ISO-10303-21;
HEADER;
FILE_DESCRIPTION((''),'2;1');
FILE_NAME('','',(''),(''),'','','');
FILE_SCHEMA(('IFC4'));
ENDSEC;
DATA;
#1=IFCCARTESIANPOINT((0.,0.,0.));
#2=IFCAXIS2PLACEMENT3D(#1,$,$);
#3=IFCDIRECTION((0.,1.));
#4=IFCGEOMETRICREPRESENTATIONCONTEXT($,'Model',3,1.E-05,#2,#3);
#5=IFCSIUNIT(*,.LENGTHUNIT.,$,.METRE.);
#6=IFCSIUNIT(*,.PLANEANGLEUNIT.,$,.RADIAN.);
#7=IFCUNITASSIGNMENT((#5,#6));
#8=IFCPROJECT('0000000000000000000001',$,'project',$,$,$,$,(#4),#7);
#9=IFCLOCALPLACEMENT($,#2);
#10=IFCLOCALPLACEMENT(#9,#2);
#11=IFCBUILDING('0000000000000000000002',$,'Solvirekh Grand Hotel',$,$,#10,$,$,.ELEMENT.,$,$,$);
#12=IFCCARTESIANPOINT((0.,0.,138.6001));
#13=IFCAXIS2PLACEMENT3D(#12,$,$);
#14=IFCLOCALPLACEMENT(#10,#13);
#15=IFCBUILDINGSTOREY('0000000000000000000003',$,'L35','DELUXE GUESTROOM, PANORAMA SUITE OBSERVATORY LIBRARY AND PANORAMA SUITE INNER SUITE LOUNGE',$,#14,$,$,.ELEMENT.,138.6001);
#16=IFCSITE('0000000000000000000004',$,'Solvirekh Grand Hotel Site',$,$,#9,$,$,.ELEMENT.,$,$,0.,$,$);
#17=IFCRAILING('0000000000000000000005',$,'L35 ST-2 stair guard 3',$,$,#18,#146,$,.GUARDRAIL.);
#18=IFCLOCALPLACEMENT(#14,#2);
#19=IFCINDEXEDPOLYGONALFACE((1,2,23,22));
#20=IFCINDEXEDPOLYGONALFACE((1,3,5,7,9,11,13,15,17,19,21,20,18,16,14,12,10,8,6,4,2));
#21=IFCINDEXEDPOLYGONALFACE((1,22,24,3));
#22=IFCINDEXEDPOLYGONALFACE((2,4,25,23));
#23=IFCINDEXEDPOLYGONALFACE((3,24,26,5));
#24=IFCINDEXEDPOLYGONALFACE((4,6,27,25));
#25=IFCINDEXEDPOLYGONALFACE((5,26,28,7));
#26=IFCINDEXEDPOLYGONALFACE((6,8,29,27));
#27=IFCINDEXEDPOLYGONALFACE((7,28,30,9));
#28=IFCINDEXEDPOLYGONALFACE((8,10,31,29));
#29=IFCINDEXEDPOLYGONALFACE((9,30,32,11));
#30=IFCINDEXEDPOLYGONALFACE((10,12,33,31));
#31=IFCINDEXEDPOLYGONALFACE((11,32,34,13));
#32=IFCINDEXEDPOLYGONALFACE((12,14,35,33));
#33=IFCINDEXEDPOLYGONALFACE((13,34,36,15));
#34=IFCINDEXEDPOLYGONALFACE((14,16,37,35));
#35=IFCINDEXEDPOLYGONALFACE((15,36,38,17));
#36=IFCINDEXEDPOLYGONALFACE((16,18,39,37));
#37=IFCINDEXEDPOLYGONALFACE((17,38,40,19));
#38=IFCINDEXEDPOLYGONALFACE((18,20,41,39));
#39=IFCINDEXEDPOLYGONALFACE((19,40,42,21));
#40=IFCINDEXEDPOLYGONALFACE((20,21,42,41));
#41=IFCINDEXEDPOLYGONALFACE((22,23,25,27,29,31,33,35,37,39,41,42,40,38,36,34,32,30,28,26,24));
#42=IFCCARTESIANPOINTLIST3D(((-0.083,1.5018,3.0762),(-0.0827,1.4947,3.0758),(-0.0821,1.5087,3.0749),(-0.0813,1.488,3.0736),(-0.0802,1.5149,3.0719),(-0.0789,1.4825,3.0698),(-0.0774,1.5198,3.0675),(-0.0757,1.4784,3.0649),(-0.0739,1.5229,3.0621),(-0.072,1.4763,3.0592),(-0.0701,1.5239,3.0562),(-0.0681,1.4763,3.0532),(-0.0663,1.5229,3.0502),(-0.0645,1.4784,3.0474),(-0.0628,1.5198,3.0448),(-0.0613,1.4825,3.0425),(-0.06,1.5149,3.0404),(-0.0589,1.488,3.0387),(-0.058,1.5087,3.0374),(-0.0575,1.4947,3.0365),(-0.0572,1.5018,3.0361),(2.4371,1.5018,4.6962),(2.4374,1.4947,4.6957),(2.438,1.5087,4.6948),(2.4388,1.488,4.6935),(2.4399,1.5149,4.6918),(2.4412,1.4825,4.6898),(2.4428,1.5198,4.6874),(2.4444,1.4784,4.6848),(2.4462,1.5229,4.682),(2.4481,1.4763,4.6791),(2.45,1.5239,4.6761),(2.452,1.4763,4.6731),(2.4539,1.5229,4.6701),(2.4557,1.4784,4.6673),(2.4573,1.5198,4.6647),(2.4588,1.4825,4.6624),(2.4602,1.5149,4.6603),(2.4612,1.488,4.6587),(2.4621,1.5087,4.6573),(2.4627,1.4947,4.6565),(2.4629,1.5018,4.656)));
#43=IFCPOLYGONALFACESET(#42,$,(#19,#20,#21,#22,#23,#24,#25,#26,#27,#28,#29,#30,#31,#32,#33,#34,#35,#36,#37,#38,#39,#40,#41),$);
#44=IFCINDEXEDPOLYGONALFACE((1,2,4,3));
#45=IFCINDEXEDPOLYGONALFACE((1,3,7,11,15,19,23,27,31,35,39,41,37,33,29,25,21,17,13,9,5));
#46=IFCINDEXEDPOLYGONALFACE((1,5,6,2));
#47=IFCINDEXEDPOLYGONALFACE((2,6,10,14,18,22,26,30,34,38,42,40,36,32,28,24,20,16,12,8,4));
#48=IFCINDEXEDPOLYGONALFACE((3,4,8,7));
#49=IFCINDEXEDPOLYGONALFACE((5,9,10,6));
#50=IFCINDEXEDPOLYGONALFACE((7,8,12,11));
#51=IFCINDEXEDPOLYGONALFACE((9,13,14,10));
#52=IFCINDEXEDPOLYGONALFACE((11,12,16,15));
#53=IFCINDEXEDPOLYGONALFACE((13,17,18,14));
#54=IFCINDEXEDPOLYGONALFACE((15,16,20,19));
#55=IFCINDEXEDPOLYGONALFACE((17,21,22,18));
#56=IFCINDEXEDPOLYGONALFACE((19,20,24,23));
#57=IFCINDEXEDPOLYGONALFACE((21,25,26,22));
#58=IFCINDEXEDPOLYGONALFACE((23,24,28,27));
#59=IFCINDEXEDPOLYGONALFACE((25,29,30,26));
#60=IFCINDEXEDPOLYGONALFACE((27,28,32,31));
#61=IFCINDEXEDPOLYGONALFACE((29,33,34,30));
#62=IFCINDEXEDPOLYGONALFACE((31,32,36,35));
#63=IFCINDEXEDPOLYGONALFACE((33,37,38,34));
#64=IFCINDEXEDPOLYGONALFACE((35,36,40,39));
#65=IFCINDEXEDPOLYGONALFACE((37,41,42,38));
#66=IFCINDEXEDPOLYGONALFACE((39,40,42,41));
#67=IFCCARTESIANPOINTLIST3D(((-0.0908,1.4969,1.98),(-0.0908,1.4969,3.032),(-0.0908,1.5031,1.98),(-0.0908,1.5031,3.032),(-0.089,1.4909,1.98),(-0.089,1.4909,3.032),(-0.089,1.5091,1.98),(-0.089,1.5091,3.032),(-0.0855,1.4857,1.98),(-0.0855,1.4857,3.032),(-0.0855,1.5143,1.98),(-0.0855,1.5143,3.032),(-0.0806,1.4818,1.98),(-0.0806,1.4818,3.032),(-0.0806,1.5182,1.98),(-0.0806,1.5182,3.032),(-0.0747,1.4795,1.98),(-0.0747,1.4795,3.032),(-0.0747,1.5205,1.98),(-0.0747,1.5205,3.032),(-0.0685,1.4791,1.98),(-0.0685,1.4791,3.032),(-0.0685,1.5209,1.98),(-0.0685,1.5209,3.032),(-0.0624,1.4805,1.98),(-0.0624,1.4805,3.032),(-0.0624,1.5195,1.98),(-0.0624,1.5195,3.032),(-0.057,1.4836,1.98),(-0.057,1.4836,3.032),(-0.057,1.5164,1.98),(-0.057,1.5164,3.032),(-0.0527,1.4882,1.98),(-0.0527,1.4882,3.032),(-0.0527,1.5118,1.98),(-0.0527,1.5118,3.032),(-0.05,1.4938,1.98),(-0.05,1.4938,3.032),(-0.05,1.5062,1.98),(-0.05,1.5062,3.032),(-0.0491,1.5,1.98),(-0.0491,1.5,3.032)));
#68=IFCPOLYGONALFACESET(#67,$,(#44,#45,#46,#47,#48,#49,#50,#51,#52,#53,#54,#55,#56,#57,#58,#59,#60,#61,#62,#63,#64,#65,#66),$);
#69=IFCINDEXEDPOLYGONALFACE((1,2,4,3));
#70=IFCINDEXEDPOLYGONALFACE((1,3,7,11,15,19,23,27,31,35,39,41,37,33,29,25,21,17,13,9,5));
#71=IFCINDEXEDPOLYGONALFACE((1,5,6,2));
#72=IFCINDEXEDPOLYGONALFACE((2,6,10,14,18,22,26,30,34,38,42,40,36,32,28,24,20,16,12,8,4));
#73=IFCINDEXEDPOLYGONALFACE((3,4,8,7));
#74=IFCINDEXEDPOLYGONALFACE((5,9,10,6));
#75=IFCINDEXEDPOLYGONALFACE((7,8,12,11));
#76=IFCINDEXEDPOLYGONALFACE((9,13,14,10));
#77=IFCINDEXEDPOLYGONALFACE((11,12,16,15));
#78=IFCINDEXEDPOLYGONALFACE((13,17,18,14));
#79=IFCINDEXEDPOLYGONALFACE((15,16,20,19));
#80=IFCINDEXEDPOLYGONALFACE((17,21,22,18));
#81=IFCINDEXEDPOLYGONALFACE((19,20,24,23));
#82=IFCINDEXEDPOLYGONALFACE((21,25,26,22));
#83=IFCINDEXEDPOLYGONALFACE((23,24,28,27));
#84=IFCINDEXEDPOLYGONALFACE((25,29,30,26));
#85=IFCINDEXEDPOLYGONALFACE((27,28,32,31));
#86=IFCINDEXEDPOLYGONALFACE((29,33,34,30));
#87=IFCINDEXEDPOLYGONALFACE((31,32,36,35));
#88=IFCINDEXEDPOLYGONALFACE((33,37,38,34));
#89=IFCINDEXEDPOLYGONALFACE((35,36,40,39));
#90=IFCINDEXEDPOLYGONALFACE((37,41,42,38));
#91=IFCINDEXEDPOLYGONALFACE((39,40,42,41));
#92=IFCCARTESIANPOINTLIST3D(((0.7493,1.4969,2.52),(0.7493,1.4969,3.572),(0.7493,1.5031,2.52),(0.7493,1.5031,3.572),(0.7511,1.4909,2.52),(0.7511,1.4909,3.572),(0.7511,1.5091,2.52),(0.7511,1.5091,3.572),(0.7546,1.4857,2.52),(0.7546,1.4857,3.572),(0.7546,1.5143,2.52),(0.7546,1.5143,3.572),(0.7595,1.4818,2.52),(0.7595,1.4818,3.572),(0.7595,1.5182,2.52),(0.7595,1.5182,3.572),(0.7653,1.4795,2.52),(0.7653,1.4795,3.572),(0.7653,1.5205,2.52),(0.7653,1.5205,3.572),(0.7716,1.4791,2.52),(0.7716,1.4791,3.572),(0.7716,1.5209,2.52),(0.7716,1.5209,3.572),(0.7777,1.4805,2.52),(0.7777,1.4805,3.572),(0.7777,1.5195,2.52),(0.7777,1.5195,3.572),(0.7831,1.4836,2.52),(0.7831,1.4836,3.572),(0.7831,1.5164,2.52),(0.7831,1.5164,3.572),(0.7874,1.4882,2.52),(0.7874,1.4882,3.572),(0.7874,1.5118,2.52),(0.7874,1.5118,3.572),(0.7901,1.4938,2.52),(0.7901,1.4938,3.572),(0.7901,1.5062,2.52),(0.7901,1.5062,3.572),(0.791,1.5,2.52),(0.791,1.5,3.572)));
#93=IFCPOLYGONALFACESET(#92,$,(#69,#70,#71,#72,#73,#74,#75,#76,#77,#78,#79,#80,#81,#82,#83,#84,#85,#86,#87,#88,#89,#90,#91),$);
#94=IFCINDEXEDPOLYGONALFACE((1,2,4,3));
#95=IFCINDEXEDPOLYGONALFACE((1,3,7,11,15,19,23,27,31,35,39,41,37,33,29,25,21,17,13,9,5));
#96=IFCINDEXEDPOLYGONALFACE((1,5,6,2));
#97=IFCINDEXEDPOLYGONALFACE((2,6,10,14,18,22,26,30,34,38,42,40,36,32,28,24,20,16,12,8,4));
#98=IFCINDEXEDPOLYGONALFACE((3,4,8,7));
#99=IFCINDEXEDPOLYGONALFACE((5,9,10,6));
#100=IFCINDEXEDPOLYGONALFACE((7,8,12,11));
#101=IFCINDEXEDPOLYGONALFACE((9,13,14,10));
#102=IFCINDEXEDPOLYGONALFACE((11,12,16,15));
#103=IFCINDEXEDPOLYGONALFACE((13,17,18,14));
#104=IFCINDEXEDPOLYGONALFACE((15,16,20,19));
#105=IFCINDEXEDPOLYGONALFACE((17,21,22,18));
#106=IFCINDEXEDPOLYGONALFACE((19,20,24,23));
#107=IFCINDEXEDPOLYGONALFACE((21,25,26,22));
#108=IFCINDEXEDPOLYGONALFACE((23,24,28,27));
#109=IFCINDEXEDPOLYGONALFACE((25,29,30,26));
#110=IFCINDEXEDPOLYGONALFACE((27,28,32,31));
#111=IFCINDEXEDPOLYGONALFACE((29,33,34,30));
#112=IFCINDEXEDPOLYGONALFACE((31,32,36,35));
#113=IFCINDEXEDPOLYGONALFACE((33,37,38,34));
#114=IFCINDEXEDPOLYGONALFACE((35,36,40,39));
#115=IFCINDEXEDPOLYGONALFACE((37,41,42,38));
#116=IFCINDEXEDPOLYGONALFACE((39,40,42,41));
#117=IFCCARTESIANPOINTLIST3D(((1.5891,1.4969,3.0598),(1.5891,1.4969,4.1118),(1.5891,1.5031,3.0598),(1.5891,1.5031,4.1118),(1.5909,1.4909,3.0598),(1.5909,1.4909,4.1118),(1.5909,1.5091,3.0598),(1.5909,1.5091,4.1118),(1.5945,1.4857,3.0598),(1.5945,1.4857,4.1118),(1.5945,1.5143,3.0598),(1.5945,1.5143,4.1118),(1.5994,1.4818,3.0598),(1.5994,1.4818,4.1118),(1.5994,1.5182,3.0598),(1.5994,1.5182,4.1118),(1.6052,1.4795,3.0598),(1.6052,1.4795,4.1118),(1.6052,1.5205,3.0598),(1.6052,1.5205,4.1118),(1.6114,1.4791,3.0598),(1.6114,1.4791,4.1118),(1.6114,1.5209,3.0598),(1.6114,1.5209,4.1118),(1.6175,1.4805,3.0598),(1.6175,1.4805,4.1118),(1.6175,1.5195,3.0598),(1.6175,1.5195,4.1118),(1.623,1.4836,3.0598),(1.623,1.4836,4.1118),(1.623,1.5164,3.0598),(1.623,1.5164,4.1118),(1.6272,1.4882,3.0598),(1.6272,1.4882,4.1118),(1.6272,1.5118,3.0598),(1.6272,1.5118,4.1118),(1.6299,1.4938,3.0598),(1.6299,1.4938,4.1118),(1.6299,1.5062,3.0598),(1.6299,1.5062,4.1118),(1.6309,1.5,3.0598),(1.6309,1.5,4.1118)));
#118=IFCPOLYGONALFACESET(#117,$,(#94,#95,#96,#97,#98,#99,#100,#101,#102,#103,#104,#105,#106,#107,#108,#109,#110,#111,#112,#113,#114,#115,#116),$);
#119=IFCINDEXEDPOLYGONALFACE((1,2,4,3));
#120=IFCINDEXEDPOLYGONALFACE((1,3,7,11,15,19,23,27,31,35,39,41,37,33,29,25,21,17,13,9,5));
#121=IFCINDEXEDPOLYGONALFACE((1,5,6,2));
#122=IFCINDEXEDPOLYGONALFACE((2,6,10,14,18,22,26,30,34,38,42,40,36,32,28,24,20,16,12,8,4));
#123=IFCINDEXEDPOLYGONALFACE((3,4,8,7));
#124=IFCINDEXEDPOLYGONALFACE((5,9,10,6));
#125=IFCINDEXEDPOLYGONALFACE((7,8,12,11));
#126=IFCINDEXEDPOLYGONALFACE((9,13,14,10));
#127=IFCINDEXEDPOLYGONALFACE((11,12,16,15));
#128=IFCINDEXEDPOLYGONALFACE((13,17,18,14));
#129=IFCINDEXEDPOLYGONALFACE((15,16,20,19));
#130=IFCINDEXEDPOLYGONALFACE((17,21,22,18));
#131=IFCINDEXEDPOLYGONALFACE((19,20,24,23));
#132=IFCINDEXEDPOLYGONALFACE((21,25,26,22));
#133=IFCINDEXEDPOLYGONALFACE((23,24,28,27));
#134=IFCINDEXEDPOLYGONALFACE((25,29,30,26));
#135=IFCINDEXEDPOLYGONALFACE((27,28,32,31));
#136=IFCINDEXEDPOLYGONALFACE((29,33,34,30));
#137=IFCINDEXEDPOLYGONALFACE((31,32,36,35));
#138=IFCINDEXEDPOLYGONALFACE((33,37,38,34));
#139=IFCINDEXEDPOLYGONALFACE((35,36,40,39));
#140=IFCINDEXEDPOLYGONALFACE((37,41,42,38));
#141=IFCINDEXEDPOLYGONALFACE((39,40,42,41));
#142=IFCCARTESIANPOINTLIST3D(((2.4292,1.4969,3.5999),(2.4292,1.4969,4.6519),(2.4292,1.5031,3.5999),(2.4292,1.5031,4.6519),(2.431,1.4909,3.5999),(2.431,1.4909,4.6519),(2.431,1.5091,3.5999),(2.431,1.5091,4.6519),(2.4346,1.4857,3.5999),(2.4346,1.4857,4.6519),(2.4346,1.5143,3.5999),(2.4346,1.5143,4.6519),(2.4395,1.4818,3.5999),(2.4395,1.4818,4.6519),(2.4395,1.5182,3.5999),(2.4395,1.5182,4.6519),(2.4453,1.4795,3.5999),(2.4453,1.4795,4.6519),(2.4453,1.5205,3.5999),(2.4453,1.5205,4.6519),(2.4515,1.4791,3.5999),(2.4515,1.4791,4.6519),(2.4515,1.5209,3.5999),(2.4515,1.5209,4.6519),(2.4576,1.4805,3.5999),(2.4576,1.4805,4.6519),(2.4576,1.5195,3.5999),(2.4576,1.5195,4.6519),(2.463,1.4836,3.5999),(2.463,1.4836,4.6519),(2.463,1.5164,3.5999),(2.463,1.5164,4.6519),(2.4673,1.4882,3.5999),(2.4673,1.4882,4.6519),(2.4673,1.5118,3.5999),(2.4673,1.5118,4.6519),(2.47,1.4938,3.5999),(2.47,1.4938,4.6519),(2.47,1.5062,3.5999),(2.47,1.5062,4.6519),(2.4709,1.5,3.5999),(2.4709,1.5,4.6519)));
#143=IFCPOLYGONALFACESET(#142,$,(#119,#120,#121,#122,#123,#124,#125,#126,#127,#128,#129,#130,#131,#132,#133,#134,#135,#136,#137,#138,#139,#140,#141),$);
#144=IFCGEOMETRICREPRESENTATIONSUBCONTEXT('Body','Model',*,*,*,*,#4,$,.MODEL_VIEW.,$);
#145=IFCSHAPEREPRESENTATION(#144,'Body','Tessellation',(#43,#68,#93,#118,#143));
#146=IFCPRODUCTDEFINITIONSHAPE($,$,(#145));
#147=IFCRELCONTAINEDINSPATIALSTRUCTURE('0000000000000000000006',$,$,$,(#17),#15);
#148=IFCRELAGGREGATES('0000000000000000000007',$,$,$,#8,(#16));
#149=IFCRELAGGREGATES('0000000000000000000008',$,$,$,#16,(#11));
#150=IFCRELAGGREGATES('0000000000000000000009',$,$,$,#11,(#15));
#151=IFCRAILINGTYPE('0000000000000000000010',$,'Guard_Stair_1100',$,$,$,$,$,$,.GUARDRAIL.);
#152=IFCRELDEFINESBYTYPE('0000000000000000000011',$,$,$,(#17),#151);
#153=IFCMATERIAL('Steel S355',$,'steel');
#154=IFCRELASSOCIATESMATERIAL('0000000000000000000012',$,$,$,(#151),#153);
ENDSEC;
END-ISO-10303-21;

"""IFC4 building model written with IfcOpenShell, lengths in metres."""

from ifc_helpers import new_model, si_unit, direction, frame, origin, origin_2d, place, context, subcontext, project, spatial, circle, extrude, material, type_object, element, save


model = new_model("IFC4")

# Units and contexts
model_context = context("Model", 3, precision=1e-05, world=origin(), true_north=direction((0.0, 1.0)))
body_context = subcontext(model_context, "Body", "Model", "MODEL_VIEW")
ifc_project = project(units=[si_unit("LENGTHUNIT", "METRE"), si_unit("PLANEANGLEUNIT", "RADIAN")], contexts=[model_context])

# Site, building, storey
site_placement = place(None, origin())
site = spatial("IfcSite", under=ifc_project, at=site_placement, Name="Solvirekh Grand Hotel Site", CompositionType="ELEMENT", RefElevation=0.0)
building_placement = place(site_placement, origin())
building = spatial("IfcBuilding", under=site, at=building_placement, Name="Solvirekh Grand Hotel", CompositionType="ELEMENT")
storey_placement = place(building_placement, frame((0.0, 0.0, 138.6001)))
storey = spatial("IfcBuildingStorey", under=building, at=storey_placement, Name="L35", Description="DELUXE GUESTROOM, PANORAMA SUITE OBSERVATORY LIBRARY AND PANORAMA SUITE INNER SUITE LOUNGE", CompositionType="ELEMENT", Elevation=138.6001)

# Shared definitions
ifc_material_1 = material(Name="Steel S355", Category="steel")

# Railing
railing_type_1 = type_object("IfcRailingType", Name="Guard_Stair_1100", PredefinedType="GUARDRAIL", material=ifc_material_1)
railing_1_placement = place(storey_placement, frame((-0.0701, 1.5, 1.98)))
element("IfcRailing", 1, at=railing_1_placement, inside=storey, type_object=railing_type_1, Name="L35 ST-2 stair guard 3", PredefinedType="GUARDRAIL", context=body_context, shape_type="SweptSolid", body=[
    extrude(circle(Radius=0.0239, at=origin_2d()), frame((0.0, 0.0, 1.0762), z_axis=(0.8412, 0.0, 0.540725), x_axis=(0.0, 1.0, 0.0)), (0.0, 0.0, 1.0), 2.9958),
    extrude(circle(Radius=0.021, at=origin_2d()), origin(), (0.0, 0.0, 1.0), 1.052),
    extrude(circle(Radius=0.021, at=origin_2d()), frame((0.8401, 0.0, 0.54)), (0.0, 0.0, 1.0), 1.052),
    extrude(circle(Radius=0.021, at=origin_2d()), frame((1.6799, 0.0, 1.0798)), (0.0, 0.0, 1.0), 1.052),
    extrude(circle(Radius=0.021, at=origin_2d()), frame((2.52, 0.0, 1.6199)), (0.0, 0.0, 1.0), 1.052),
])

save(model, "model.ifc")
